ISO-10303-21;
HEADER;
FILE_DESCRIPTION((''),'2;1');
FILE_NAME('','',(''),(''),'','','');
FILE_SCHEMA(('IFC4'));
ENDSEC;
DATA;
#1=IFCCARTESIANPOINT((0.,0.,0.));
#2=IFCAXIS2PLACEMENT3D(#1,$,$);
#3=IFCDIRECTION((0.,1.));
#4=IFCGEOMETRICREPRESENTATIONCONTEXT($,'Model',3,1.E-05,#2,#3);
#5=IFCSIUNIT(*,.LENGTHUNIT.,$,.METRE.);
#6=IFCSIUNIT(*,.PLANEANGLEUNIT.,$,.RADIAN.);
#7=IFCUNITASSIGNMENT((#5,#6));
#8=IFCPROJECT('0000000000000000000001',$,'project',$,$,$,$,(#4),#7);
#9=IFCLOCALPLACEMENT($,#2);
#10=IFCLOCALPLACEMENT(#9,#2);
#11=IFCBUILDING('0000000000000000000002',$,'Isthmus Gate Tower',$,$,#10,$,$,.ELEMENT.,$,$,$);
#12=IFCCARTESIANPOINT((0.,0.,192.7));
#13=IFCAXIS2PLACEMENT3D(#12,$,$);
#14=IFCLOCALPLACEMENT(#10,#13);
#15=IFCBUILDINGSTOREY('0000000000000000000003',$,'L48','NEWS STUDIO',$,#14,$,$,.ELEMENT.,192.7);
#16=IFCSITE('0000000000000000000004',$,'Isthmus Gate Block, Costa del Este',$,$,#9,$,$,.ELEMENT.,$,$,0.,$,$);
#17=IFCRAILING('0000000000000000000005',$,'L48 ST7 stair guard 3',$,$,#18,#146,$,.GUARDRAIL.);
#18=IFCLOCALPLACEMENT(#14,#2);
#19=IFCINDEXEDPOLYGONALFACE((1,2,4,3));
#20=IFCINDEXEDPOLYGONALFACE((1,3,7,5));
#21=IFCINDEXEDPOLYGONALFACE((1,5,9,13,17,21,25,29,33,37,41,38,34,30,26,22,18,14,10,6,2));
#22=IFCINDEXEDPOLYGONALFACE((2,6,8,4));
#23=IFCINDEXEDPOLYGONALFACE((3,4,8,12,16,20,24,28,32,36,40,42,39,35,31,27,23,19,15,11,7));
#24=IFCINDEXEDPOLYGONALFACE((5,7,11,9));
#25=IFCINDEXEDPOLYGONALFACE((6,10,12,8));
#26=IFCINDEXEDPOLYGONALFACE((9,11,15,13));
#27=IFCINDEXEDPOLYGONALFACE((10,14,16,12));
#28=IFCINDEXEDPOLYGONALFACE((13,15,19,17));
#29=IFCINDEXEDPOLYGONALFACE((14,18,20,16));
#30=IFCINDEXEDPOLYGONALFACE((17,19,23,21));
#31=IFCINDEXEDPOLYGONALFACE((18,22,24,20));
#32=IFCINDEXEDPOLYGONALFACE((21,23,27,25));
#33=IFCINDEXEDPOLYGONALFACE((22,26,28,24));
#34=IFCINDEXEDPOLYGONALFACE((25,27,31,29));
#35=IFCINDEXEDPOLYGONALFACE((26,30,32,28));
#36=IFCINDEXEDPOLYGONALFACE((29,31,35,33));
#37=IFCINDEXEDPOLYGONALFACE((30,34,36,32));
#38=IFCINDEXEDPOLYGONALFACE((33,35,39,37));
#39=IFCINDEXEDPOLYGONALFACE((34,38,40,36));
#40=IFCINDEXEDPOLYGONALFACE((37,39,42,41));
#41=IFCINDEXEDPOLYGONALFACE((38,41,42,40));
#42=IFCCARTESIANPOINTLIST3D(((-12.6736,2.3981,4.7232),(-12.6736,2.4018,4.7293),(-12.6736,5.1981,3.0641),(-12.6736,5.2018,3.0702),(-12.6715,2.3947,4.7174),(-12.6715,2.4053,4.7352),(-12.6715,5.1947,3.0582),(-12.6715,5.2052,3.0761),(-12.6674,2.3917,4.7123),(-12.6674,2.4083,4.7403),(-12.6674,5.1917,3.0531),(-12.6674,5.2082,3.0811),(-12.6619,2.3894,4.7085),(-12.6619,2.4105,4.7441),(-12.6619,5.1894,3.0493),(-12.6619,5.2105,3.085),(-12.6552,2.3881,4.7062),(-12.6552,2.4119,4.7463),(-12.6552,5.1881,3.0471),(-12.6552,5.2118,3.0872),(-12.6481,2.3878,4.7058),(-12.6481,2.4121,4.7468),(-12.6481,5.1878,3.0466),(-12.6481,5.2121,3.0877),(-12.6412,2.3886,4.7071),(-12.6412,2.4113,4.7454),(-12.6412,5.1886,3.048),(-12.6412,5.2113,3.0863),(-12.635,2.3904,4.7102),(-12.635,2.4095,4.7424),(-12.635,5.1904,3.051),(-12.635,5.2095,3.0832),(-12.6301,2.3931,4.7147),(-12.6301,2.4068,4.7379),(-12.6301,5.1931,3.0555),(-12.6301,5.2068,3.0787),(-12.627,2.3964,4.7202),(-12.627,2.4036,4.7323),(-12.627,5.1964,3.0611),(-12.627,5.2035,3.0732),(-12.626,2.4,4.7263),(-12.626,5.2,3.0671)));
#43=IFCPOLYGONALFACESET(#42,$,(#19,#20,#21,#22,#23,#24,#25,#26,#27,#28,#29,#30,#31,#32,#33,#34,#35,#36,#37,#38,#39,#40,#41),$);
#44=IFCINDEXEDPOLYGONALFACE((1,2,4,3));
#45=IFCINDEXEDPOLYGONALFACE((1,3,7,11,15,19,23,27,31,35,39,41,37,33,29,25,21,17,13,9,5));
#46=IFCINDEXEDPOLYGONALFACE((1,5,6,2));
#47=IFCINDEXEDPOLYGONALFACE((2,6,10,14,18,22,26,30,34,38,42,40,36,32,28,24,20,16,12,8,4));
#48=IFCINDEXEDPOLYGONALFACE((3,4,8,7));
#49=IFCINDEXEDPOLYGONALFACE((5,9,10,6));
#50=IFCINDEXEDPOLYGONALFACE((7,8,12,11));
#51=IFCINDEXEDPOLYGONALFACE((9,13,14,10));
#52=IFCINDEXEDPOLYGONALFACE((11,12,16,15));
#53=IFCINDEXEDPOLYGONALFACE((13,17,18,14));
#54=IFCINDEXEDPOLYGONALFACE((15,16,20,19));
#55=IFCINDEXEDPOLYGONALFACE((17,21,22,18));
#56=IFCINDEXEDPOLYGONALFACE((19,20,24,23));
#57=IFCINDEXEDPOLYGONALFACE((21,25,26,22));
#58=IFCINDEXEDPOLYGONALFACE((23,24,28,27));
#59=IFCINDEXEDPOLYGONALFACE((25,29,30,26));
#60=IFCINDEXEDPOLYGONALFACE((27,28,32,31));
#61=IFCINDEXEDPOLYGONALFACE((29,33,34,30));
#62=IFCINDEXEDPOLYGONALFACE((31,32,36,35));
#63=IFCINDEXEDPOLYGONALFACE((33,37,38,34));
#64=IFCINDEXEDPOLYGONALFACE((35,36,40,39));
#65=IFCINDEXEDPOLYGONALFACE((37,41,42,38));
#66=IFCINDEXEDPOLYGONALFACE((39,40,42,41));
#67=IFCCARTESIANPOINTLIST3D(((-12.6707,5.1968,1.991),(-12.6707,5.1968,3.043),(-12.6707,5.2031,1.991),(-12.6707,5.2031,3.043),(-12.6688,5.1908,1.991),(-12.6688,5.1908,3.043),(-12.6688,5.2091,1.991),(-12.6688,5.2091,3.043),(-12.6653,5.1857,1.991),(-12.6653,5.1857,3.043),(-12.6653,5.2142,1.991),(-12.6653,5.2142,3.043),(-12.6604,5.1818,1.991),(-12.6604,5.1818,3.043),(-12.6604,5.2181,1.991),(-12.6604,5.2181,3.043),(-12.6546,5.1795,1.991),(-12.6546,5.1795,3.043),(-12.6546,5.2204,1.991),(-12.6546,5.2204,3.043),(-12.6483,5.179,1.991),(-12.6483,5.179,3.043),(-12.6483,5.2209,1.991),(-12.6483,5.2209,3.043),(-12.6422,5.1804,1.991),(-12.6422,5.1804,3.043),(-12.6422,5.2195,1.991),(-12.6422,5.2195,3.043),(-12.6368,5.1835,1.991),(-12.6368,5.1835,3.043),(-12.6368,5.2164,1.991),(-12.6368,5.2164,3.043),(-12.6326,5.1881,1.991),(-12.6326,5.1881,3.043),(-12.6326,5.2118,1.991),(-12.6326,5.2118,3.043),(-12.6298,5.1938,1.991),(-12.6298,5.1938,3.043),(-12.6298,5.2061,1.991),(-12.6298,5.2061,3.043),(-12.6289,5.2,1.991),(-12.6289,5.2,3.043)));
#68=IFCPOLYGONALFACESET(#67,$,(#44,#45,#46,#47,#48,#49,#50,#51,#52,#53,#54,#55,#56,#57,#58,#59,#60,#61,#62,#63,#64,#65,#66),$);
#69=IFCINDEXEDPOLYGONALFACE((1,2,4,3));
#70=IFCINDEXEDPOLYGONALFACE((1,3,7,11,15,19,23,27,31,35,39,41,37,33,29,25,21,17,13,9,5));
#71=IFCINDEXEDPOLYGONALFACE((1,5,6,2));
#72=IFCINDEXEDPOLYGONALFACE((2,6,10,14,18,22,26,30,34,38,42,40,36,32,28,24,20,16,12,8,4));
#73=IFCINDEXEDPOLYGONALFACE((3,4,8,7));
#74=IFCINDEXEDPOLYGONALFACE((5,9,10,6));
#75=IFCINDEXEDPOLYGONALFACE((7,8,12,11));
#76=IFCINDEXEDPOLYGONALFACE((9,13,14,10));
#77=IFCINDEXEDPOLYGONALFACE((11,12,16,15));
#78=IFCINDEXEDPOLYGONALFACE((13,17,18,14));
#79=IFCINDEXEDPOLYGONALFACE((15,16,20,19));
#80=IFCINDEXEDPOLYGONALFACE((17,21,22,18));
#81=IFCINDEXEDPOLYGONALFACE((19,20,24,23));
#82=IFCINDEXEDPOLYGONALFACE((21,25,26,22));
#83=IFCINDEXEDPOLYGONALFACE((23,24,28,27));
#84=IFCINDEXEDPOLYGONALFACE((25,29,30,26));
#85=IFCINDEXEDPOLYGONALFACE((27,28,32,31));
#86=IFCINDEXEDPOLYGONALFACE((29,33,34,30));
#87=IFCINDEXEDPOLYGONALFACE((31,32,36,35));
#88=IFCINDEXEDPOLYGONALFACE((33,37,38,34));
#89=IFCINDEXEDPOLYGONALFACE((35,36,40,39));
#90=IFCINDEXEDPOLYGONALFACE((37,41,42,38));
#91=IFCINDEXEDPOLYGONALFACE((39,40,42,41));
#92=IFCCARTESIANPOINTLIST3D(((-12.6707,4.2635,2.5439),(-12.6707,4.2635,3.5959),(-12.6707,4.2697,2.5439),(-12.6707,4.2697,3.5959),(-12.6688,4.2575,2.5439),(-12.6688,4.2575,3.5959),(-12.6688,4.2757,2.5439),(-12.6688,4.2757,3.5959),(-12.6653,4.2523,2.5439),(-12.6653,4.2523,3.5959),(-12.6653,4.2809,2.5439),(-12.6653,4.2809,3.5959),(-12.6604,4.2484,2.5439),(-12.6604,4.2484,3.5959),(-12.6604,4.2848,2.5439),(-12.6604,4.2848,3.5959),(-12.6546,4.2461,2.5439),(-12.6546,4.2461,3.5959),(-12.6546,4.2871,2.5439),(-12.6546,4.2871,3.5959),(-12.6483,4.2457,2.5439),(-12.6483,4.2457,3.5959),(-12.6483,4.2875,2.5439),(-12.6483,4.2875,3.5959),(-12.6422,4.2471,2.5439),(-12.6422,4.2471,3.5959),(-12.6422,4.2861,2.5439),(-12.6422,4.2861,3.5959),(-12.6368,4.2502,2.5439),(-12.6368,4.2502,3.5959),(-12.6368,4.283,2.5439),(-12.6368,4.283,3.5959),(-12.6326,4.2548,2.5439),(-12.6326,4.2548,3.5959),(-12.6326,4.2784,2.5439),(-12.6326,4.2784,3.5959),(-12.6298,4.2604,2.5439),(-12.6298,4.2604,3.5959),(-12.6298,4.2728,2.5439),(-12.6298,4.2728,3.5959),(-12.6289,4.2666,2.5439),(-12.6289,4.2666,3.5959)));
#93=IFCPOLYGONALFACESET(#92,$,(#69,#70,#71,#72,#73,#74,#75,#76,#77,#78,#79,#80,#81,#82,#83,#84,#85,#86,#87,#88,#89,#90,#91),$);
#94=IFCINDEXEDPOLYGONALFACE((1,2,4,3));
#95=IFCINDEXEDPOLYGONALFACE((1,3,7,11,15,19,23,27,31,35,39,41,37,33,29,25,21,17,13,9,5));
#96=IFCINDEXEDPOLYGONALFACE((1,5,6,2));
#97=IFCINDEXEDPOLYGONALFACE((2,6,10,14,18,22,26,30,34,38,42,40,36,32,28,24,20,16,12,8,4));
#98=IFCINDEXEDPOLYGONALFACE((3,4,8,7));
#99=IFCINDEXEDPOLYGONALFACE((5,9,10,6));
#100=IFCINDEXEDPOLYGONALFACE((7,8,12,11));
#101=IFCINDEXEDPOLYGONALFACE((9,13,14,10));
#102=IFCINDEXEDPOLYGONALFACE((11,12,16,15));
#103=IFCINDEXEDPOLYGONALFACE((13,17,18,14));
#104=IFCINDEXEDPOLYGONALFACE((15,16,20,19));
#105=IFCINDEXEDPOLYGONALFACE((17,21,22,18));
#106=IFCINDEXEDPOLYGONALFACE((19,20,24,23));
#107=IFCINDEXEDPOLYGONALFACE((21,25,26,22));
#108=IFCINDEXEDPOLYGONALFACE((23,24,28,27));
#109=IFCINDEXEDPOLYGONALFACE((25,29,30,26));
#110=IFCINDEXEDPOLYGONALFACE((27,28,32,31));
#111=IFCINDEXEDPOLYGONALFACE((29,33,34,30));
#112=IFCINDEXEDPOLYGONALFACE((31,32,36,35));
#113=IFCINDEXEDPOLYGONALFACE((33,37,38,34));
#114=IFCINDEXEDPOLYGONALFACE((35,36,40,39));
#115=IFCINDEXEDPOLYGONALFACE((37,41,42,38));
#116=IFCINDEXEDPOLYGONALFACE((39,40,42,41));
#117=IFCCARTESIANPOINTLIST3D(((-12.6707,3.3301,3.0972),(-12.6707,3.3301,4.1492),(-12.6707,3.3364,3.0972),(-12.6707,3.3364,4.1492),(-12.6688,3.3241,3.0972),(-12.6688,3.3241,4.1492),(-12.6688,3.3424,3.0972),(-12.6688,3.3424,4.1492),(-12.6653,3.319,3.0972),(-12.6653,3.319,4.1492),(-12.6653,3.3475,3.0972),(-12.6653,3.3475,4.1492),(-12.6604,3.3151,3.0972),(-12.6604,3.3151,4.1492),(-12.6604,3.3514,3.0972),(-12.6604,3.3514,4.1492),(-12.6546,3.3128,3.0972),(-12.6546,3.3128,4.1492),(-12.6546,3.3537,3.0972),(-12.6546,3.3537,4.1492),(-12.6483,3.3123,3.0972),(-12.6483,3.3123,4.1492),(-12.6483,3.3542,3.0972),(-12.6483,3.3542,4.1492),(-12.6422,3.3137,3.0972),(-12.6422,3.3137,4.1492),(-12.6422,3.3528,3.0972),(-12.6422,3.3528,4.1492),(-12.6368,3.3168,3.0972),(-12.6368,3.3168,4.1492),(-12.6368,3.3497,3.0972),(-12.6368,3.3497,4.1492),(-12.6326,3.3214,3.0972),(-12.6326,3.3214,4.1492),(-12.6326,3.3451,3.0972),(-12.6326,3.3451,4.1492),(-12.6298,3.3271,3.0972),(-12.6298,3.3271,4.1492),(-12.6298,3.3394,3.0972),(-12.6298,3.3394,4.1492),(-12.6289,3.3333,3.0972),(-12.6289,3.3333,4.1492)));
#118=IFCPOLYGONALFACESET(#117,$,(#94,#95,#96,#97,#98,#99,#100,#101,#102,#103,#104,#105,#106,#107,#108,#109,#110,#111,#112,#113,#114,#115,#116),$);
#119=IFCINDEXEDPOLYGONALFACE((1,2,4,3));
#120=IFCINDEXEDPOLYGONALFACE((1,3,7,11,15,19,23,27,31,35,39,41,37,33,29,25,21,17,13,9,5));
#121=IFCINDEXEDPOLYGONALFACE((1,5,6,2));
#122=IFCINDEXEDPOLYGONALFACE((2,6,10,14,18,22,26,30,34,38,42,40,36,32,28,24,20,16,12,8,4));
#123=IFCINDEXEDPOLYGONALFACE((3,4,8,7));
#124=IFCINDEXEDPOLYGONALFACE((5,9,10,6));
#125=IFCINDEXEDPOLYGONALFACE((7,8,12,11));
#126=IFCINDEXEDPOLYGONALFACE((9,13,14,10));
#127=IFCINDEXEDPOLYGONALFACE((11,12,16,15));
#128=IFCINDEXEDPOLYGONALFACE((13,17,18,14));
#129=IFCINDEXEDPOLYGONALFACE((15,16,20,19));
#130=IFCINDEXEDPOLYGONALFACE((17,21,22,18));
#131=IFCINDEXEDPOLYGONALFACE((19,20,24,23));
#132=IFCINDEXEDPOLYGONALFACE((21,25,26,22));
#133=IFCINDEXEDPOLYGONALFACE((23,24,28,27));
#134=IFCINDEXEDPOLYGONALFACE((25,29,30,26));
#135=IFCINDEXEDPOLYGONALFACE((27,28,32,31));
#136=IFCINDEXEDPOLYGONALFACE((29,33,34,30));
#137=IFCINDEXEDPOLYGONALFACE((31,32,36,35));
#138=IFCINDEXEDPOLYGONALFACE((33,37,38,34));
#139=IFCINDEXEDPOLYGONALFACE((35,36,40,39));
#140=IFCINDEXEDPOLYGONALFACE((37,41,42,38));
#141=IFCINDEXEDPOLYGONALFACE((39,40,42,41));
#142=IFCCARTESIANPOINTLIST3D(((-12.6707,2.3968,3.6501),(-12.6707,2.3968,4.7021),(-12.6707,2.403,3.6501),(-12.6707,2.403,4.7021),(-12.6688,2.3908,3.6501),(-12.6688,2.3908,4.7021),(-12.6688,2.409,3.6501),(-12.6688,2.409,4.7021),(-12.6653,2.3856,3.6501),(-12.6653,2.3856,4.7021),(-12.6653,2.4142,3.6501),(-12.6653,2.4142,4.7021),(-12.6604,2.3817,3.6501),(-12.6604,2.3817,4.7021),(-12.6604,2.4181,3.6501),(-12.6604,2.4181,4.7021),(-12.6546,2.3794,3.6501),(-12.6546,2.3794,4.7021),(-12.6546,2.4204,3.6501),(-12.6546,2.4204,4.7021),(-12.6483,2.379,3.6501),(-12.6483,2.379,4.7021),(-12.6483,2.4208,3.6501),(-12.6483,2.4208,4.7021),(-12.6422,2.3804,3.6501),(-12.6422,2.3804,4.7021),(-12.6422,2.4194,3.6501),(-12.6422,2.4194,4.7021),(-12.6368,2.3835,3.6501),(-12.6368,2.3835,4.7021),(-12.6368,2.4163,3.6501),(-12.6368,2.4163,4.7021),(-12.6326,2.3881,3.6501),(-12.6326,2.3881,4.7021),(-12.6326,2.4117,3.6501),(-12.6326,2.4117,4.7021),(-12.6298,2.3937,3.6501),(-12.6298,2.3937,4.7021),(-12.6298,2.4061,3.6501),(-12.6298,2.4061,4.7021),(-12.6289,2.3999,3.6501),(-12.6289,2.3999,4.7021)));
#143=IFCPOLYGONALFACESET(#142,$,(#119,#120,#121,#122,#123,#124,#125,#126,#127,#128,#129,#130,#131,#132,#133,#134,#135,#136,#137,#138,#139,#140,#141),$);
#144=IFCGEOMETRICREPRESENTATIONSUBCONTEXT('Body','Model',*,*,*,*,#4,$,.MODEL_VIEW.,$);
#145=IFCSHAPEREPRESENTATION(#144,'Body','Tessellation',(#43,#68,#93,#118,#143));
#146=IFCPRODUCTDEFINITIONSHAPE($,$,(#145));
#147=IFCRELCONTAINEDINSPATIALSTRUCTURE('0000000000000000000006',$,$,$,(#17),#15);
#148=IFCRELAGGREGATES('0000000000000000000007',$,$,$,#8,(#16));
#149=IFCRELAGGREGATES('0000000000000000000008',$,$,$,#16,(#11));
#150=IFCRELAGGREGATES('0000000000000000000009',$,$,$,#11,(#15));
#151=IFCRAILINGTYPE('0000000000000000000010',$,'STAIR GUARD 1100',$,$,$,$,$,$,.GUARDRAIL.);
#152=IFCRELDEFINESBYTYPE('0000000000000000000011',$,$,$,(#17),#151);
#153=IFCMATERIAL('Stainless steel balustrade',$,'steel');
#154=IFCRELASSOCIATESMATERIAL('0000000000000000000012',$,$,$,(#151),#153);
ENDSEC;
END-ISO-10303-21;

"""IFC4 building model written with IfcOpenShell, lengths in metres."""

from ifc_helpers import new_model, si_unit, direction, frame, origin, origin_2d, place, context, subcontext, project, spatial, circle, extrude, material, type_object, element, save


model = new_model("IFC4")

# Units and contexts
model_context = context("Model", 3, precision=1e-05, world=origin(), true_north=direction((0.0, 1.0)))
body_context = subcontext(model_context, "Body", "Model", "MODEL_VIEW")
ifc_project = project(units=[si_unit("LENGTHUNIT", "METRE"), si_unit("PLANEANGLEUNIT", "RADIAN")], contexts=[model_context])

# Site, building, storey
site_placement = place(None, origin())
site = spatial("IfcSite", under=ifc_project, at=site_placement, Name="Isthmus Gate Block, Costa del Este", CompositionType="ELEMENT", RefElevation=0.0)
building_placement = place(site_placement, origin())
building = spatial("IfcBuilding", under=site, at=building_placement, Name="Isthmus Gate Tower", CompositionType="ELEMENT")
storey_placement = place(building_placement, frame((0.0, 0.0, 192.7)))
storey = spatial("IfcBuildingStorey", under=building, at=storey_placement, Name="L48", Description="NEWS STUDIO", CompositionType="ELEMENT", Elevation=192.7)

# Railing
ifc_material_1 = material(Name="Stainless steel balustrade", Category="steel")
railing_type_1 = type_object("IfcRailingType", Name="STAIR GUARD 1100", PredefinedType="GUARDRAIL", material=ifc_material_1)
railing_1_placement = place(storey_placement, frame((-12.6499, 5.2, 1.991)))
element("IfcRailing", 1, at=railing_1_placement, inside=storey, type_object=railing_type_1, Name="L48 ST7 stair guard 3", PredefinedType="GUARDRAIL", context=body_context, shape_type="SweptSolid", body=[
    extrude(circle(Radius=0.0239, at=origin_2d()), frame((0.0, 0.0, 1.0762), z_axis=(0.0, -0.860306, 0.509778), x_axis=(1.0, 0.0, 0.0)), (0.0, 0.0, 1.0), 3.2546),
    extrude(circle(Radius=0.021, at=origin_2d()), origin(), (0.0, 0.0, 1.0), 1.052),
    extrude(circle(Radius=0.021, at=origin_2d()), frame((0.0, -0.9333, 0.553)), (0.0, 0.0, 1.0), 1.052),
    extrude(circle(Radius=0.021, at=origin_2d()), frame((0.0, -1.8667, 1.1062)), (0.0, 0.0, 1.0), 1.052),
    extrude(circle(Radius=0.021, at=origin_2d()), frame((0.0, -2.8, 1.6592)), (0.0, 0.0, 1.0), 1.052),
])

save(model, "model.ifc")
